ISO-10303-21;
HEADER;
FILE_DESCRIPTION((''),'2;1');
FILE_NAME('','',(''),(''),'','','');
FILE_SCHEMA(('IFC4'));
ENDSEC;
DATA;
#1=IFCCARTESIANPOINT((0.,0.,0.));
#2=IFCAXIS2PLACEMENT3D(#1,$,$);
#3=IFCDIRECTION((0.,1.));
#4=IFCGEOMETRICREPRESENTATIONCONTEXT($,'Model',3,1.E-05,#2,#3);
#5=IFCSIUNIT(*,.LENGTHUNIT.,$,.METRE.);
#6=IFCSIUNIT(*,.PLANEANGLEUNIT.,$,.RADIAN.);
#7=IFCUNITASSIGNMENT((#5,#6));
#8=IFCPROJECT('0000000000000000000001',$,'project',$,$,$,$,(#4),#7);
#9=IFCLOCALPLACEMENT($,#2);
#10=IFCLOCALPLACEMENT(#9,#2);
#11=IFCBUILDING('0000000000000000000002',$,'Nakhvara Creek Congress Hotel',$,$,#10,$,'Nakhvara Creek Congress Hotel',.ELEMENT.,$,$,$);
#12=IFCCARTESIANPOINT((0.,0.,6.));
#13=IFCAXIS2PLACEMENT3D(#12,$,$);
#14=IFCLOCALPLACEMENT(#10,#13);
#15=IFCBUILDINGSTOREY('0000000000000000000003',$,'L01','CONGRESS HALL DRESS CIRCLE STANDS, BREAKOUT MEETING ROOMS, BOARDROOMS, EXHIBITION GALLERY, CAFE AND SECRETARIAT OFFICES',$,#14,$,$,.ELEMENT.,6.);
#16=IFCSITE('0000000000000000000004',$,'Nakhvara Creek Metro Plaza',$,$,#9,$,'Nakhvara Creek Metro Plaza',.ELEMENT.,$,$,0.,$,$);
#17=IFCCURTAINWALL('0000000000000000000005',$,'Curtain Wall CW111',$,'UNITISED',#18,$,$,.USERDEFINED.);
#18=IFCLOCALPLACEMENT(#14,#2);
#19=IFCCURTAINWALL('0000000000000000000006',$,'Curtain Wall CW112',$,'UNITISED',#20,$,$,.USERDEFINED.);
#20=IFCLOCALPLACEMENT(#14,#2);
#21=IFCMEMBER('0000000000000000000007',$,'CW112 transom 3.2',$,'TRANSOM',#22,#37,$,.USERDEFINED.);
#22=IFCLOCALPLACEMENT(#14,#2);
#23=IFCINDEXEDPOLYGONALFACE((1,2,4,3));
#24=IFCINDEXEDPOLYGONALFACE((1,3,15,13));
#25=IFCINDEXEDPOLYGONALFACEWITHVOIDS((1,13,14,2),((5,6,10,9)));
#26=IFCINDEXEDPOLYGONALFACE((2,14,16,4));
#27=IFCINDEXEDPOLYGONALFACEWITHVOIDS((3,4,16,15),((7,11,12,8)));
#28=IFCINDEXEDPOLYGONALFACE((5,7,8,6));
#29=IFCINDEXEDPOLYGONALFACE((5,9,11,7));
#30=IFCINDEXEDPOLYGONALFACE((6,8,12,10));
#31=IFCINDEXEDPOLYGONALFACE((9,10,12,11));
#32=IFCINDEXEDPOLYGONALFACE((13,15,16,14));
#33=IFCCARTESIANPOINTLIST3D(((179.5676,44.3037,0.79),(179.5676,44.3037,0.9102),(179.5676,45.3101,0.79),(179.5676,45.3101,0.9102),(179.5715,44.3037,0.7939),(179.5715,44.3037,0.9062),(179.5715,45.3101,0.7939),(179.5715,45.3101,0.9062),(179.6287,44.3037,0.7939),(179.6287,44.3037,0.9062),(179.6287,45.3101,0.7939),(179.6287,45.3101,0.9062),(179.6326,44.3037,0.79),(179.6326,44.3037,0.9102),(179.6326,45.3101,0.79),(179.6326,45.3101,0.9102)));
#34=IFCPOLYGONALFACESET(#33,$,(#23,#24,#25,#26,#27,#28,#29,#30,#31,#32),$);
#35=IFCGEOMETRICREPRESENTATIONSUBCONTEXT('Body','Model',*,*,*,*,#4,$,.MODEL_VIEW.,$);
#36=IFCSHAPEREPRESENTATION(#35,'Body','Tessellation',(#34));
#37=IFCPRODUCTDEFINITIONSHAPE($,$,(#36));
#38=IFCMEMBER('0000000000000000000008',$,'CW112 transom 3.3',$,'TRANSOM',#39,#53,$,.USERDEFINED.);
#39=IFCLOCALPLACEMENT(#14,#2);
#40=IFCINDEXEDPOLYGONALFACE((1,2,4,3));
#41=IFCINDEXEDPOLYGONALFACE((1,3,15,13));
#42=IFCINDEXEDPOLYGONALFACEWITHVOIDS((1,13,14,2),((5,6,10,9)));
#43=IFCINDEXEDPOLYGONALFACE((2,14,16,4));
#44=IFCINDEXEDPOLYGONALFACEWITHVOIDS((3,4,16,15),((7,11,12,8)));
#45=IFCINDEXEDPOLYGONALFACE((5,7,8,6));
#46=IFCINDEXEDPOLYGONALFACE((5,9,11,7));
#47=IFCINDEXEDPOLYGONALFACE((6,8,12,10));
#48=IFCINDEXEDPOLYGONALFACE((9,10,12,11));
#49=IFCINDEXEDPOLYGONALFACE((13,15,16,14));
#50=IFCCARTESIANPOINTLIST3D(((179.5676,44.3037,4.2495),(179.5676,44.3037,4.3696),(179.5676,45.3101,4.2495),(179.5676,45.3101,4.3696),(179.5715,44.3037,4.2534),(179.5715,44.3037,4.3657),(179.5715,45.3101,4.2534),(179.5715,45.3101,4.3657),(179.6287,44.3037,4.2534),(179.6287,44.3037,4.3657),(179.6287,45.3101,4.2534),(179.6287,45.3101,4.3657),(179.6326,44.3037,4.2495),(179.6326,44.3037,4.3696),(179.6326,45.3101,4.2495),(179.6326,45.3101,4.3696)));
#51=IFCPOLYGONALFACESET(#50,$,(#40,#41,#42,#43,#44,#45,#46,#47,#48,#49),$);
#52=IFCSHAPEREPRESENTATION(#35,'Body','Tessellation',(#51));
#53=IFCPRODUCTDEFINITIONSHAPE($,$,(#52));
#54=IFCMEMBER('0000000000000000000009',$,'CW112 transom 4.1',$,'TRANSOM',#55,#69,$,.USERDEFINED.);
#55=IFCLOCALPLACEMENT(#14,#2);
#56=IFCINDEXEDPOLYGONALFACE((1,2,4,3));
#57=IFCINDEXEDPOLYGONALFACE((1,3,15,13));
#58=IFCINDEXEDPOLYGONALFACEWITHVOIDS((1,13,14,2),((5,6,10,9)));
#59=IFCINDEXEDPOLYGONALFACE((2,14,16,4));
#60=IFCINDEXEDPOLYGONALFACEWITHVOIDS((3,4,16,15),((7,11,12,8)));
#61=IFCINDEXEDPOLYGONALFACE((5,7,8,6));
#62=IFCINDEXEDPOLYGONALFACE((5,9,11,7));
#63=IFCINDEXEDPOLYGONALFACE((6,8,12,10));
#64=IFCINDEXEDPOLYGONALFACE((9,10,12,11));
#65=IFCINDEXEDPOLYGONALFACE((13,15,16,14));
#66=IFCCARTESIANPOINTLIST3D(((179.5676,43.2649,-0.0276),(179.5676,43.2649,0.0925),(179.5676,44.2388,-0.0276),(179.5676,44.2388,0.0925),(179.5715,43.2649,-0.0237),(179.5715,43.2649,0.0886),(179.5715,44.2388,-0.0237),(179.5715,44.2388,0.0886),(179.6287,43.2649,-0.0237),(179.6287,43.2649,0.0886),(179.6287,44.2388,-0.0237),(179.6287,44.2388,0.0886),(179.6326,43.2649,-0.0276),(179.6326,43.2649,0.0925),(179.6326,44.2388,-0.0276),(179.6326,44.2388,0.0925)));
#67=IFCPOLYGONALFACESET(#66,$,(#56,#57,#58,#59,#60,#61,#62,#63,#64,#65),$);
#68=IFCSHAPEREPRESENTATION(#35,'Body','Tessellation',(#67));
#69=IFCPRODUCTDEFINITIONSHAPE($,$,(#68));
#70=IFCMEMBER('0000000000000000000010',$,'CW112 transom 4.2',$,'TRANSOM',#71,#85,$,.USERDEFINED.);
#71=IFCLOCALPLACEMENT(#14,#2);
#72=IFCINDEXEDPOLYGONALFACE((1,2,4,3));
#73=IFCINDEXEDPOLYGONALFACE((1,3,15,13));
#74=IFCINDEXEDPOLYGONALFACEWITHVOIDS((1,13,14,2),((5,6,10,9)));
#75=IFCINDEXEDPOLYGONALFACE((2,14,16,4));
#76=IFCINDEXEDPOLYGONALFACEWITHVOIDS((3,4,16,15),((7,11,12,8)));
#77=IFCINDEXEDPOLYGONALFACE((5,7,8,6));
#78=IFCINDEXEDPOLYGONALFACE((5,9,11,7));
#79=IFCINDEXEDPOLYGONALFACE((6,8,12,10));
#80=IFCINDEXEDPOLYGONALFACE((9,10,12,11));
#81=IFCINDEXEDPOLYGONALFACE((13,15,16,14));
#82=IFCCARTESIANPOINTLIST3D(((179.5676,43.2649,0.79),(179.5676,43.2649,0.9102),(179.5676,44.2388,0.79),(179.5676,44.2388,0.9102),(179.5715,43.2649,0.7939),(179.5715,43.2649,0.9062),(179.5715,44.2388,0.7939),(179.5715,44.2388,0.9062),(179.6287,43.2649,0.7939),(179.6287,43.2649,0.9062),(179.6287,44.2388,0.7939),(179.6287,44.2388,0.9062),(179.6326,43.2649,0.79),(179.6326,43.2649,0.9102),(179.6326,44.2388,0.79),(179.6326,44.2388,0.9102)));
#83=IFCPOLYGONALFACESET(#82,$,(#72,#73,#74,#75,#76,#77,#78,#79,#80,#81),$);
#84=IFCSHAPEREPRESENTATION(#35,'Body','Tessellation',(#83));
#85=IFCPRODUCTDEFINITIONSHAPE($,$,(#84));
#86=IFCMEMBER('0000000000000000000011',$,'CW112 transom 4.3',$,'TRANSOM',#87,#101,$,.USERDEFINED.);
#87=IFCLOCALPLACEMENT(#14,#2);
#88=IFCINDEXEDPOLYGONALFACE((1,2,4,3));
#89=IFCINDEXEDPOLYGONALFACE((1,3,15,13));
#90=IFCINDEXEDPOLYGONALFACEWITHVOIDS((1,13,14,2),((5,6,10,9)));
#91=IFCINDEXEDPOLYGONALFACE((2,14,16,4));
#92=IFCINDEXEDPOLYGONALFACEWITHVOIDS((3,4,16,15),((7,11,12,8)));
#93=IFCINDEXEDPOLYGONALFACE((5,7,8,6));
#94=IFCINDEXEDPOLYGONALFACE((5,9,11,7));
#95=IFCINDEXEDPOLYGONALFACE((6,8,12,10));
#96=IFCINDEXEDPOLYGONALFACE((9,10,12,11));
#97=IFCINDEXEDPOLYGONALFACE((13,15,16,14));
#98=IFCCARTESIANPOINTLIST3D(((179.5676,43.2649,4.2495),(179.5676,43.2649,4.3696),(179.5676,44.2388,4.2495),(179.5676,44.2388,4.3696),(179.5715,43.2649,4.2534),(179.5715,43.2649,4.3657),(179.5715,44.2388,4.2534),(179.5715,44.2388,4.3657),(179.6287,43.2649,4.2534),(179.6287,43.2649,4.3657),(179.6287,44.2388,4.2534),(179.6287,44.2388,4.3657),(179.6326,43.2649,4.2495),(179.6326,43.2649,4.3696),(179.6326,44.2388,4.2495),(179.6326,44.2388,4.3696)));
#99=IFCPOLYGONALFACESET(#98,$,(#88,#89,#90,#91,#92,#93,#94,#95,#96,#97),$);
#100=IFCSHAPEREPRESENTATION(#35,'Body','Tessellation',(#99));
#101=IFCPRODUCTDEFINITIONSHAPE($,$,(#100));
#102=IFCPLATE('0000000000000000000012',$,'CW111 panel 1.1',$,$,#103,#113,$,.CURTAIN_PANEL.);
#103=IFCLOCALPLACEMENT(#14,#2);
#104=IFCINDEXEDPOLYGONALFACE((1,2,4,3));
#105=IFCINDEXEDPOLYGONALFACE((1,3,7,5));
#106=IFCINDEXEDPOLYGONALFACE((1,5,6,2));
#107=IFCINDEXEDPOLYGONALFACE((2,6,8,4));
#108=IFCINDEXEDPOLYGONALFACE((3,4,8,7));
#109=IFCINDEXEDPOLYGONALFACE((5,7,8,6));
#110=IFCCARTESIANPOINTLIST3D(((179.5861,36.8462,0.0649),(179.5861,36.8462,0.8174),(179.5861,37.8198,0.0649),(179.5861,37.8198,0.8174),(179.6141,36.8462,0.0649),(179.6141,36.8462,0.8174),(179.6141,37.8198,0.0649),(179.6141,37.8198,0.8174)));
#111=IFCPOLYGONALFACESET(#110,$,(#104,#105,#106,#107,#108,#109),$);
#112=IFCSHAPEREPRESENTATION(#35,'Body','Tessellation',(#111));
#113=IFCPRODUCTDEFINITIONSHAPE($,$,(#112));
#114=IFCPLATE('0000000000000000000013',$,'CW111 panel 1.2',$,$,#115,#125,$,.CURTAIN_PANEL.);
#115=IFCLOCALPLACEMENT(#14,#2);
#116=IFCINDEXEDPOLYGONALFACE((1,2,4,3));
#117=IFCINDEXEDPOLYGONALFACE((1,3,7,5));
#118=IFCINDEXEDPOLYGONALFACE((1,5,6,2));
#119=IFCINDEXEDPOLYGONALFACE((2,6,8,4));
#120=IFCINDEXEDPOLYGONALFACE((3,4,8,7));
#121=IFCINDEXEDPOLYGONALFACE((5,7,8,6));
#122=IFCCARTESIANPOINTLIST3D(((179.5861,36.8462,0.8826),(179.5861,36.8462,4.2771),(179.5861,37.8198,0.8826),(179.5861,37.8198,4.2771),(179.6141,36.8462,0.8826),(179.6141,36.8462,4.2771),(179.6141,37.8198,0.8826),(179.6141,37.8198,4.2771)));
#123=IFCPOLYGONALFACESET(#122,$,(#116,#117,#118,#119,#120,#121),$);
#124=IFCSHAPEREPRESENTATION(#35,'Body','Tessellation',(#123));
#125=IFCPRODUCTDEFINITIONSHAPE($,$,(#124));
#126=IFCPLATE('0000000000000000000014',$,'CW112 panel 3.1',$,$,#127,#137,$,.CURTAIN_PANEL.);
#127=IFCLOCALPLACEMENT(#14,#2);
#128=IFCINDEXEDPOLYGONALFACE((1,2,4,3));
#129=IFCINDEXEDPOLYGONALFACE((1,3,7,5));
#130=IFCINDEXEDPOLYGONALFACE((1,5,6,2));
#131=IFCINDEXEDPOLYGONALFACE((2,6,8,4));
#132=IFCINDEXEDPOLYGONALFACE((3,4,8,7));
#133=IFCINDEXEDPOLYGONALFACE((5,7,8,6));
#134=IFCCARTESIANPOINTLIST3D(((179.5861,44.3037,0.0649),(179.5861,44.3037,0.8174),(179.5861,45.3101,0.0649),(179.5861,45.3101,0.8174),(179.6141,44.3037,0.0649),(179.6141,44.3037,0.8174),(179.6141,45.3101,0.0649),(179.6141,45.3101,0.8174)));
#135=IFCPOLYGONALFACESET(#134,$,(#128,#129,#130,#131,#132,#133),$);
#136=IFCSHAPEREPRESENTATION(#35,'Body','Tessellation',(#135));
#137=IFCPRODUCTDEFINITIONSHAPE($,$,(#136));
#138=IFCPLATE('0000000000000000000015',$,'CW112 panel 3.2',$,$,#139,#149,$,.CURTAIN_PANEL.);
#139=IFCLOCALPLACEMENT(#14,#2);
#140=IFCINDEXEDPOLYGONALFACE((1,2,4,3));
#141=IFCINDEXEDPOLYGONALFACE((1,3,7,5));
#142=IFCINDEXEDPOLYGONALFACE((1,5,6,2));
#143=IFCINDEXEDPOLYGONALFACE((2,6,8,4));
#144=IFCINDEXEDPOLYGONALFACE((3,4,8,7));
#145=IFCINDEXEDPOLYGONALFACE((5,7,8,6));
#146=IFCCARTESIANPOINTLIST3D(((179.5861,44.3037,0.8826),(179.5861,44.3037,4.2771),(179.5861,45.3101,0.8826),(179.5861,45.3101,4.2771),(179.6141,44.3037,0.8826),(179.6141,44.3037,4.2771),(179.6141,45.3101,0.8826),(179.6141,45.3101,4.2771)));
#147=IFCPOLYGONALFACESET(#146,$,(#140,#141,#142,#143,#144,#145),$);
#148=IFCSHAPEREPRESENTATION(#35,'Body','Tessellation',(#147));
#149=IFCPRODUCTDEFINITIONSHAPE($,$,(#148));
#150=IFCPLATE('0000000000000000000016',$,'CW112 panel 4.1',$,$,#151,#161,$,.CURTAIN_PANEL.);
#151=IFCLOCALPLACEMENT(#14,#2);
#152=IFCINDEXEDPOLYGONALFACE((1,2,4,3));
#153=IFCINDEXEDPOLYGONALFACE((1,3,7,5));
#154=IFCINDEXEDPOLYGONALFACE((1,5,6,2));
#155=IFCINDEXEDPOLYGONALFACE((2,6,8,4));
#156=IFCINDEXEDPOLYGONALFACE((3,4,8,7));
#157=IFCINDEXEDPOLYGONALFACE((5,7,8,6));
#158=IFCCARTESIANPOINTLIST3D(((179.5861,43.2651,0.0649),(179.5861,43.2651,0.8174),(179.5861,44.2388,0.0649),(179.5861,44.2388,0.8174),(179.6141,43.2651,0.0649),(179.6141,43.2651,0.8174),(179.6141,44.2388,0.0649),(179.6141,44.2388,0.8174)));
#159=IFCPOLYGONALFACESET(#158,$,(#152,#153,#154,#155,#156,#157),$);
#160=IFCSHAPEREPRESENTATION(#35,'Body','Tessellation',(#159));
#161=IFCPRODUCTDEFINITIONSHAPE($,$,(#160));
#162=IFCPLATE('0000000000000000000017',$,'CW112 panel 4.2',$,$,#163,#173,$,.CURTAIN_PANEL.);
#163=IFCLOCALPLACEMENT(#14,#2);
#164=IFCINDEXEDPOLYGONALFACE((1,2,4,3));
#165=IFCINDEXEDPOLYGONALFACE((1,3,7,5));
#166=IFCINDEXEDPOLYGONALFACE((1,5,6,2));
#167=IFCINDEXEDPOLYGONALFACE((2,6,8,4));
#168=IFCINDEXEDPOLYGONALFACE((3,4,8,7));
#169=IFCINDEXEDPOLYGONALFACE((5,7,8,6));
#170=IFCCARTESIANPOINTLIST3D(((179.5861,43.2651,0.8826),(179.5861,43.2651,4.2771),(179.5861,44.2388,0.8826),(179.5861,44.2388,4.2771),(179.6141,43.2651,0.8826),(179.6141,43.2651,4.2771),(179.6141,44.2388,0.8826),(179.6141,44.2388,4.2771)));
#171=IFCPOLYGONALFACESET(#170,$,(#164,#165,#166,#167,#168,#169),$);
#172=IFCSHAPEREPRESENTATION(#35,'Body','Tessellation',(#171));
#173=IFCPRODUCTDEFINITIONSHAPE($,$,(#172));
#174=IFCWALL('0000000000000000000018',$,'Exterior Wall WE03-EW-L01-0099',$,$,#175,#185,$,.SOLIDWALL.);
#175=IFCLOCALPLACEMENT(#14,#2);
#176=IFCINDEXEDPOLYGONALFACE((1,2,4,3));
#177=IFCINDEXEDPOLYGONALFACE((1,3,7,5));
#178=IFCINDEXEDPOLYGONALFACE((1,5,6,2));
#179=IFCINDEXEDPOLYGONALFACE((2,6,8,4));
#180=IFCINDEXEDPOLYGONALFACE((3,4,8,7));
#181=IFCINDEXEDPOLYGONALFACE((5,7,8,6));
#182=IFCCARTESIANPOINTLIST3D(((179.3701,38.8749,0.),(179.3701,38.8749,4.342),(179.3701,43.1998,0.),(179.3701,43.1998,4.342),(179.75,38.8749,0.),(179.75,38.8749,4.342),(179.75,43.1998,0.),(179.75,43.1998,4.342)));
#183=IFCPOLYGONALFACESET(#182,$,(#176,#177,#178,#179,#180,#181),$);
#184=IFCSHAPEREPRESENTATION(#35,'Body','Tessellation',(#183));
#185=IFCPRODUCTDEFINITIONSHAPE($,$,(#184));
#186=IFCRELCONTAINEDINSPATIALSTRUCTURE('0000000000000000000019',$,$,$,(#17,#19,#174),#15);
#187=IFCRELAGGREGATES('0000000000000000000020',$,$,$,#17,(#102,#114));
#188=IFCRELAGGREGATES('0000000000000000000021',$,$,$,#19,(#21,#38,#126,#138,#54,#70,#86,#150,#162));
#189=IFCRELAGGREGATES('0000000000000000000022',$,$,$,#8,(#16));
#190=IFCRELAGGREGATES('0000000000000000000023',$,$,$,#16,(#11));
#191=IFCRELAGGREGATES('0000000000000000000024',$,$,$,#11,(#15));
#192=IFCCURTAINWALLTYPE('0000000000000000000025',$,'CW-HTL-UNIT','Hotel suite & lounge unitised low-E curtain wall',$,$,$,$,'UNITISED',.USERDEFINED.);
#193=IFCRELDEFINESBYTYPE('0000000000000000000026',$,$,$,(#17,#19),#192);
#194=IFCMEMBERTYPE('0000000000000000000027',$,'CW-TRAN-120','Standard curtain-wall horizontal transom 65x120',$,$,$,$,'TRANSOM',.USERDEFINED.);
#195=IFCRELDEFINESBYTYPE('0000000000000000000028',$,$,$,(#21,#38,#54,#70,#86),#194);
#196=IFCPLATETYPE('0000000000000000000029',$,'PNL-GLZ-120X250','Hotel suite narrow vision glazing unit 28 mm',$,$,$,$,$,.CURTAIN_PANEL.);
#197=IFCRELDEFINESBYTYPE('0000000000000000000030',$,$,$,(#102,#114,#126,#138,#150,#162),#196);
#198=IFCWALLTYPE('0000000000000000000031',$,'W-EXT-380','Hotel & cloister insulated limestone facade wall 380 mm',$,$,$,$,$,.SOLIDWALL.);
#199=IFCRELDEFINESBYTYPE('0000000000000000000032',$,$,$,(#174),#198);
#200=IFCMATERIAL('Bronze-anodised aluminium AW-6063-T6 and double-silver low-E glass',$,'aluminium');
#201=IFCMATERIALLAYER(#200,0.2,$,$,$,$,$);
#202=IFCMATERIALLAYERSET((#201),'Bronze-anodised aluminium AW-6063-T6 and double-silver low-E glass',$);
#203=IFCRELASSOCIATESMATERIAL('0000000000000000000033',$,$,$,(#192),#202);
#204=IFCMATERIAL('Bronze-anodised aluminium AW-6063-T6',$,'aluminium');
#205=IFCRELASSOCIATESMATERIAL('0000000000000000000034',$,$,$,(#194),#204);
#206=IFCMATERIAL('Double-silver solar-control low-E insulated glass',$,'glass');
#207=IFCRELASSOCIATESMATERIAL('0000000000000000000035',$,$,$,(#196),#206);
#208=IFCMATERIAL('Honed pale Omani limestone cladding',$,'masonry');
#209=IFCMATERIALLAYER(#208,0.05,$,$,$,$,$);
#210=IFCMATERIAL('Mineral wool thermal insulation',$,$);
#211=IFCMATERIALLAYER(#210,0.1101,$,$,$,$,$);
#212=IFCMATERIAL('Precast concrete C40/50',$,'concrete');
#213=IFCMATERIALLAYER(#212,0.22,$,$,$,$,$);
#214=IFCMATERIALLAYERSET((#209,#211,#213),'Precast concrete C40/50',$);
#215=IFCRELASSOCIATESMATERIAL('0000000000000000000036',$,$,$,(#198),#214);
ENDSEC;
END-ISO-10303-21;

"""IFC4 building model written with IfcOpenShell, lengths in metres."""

from ifc_helpers import new_model, si_unit, direction, frame, frame_2d, origin, origin_2d, place, context, subcontext, project, spatial, rectangle, hollow_rectangle, extrude, material, layer, layer_set, material_profile, profile_set, type_object, element, aggregate, save


model = new_model("IFC4")

# Units and contexts
model_context = context("Model", 3, precision=1e-05, world=origin(), true_north=direction((0.0, 1.0)))
body_context = subcontext(model_context, "Body", "Model", "MODEL_VIEW")
ifc_project = project(units=[si_unit("LENGTHUNIT", "METRE"), si_unit("PLANEANGLEUNIT", "RADIAN")], contexts=[model_context])

# Site, building, storey
site_placement = place(None, origin())
site = spatial("IfcSite", under=ifc_project, at=site_placement, Name="Nakhvara Creek Metro Plaza", LongName="Nakhvara Creek Metro Plaza", CompositionType="ELEMENT", RefElevation=0.0)
building_placement = place(site_placement, origin())
building = spatial("IfcBuilding", under=site, at=building_placement, Name="Nakhvara Creek Congress Hotel", LongName="Nakhvara Creek Congress Hotel", CompositionType="ELEMENT")
storey_placement = place(building_placement, frame((0.0, 0.0, 6.0)))
storey = spatial("IfcBuildingStorey", under=building, at=storey_placement, Name="L01", Description="CONGRESS HALL DRESS CIRCLE STANDS, BREAKOUT MEETING ROOMS, BOARDROOMS, EXHIBITION GALLERY, CAFE AND SECRETARIAT OFFICES", CompositionType="ELEMENT", Elevation=6.0)

# Curtain walls
ifc_material_1 = material(Name="Bronze-anodised aluminium AW-6063-T6 and double-silver low-E glass", Category="aluminium")
ifc_layer_1 = layer(ifc_material_1, 0.2)
ifc_layer_set_1 = layer_set([ifc_layer_1], Name="Bronze-anodised aluminium AW-6063-T6 and double-silver low-E glass")
curtain_wall_type = type_object("IfcCurtainWallType", Name="CW-HTL-UNIT", Description="Hotel suite & lounge unitised low-E curtain wall", ElementType="UNITISED", PredefinedType="USERDEFINED", material=ifc_layer_set_1)
curtain_wall_1_placement = place(storey_placement, origin())
curtain_wall_1 = element("IfcCurtainWall", 1, at=curtain_wall_1_placement, inside=storey, type_object=curtain_wall_type, Name="Curtain Wall CW111", ObjectType="UNITISED", PredefinedType="USERDEFINED")
ifc_material_2 = material(Name="Bronze-anodised aluminium AW-6063-T6", Category="aluminium")
curtain_wall_2_placement = place(storey_placement, origin())
curtain_wall_2 = element("IfcCurtainWall", 2, at=curtain_wall_2_placement, inside=storey, type_object=curtain_wall_type, Name="Curtain Wall CW112", ObjectType="UNITISED", PredefinedType="USERDEFINED")

# Members
ifc_material_profile_1 = material_profile(ifc_material_2, hollow_rectangle(XDim=0.0649, YDim=0.1201, WallThickness=0.0039, at=origin_2d()), Name="ALU-TRAN 65x120x4", Category="LoadBearing")
ifc_profile_set_1 = profile_set([ifc_material_profile_1], Name="Bronze-anodised aluminium AW-6063-T6")
member_type_1 = type_object("IfcMemberType", Name="CW-TRAN-120", Description="Standard curtain-wall horizontal transom 65x120", ElementType="TRANSOM", PredefinedType="USERDEFINED", material=ifc_profile_set_1)
member_1_placement = place(storey_placement, frame((179.6001, 45.3101, 0.8501), z_axis=(0.0, -1.0, 0.0), x_axis=(1.0, 0.0, 0.0)))
member_1 = element("IfcMember", 3, at=member_1_placement, type_object=member_type_1, Name="CW112 transom 3.2", ObjectType="TRANSOM", PredefinedType="USERDEFINED", context=body_context, shape_type="SweptSolid", body=[
    extrude(hollow_rectangle(XDim=0.0649, YDim=0.1201, WallThickness=0.0039, at=origin_2d()), origin(), (0.0, 0.0, 1.0), 1.0063),
])
member_2_placement = place(storey_placement, frame((179.6001, 45.3101, 4.3096), z_axis=(0.0, -1.0, 0.0), x_axis=(1.0, 0.0, 0.0)))
member_2 = element("IfcMember", 4, at=member_2_placement, type_object=member_type_1, Name="CW112 transom 3.3", ObjectType="TRANSOM", PredefinedType="USERDEFINED", context=body_context, shape_type="SweptSolid", body=[
    extrude(hollow_rectangle(XDim=0.0649, YDim=0.1201, WallThickness=0.0039, at=origin_2d()), origin(), (0.0, 0.0, 1.0), 1.0063),
])
member_3_placement = place(storey_placement, frame((179.6001, 44.2388, 0.0325), z_axis=(0.0, -1.0, 0.0), x_axis=(1.0, 0.0, 0.0)))
member_3 = element("IfcMember", 5, at=member_3_placement, type_object=member_type_1, Name="CW112 transom 4.1", ObjectType="TRANSOM", PredefinedType="USERDEFINED", context=body_context, shape_type="SweptSolid", body=[
    extrude(hollow_rectangle(XDim=0.0649, YDim=0.1201, WallThickness=0.0039, at=origin_2d()), origin(), (0.0, 0.0, 1.0), 0.9739),
])
member_4_placement = place(storey_placement, frame((179.6001, 44.2388, 0.8501), z_axis=(0.0, -1.0, 0.0), x_axis=(1.0, 0.0, 0.0)))
member_4 = element("IfcMember", 6, at=member_4_placement, type_object=member_type_1, Name="CW112 transom 4.2", ObjectType="TRANSOM", PredefinedType="USERDEFINED", context=body_context, shape_type="SweptSolid", body=[
    extrude(hollow_rectangle(XDim=0.0649, YDim=0.1201, WallThickness=0.0039, at=origin_2d()), origin(), (0.0, 0.0, 1.0), 0.9739),
])
member_5_placement = place(storey_placement, frame((179.6001, 44.2388, 4.3096), z_axis=(0.0, -1.0, 0.0), x_axis=(1.0, 0.0, 0.0)))
member_5 = element("IfcMember", 7, at=member_5_placement, type_object=member_type_1, Name="CW112 transom 4.3", ObjectType="TRANSOM", PredefinedType="USERDEFINED", context=body_context, shape_type="SweptSolid", body=[
    extrude(hollow_rectangle(XDim=0.0649, YDim=0.1201, WallThickness=0.0039, at=origin_2d()), origin(), (0.0, 0.0, 1.0), 0.9739),
])

# Plates
ifc_material_3 = material(Name="Double-silver solar-control low-E insulated glass", Category="glass")
plate_type = type_object("IfcPlateType", Name="PNL-GLZ-120X250", Description="Hotel suite narrow vision glazing unit 28 mm", PredefinedType="CURTAIN_PANEL", material=ifc_material_3)
plate_1_placement = place(storey_placement, frame((179.6001, 37.333, 0.0649), z_axis=(0.0, 0.0, 1.0), x_axis=(0.0, -1.0, 0.0)))
plate_1 = element("IfcPlate", 8, at=plate_1_placement, type_object=plate_type, Name="CW111 panel 1.1", PredefinedType="CURTAIN_PANEL", context=body_context, shape_type="SweptSolid", body=[
    extrude(rectangle(XDim=0.9736, YDim=0.0281, at=origin_2d()), origin(), (0.0, 0.0, 1.0), 0.7524),
])
plate_2_placement = place(storey_placement, frame((179.6001, 37.333, 0.8826), z_axis=(0.0, 0.0, 1.0), x_axis=(0.0, -1.0, 0.0)))
plate_2 = element("IfcPlate", 9, at=plate_2_placement, type_object=plate_type, Name="CW111 panel 1.2", PredefinedType="CURTAIN_PANEL", context=body_context, shape_type="SweptSolid", body=[
    extrude(rectangle(XDim=0.9736, YDim=0.0281, at=origin_2d()), origin(), (0.0, 0.0, 1.0), 3.3945),
])
aggregate(curtain_wall_1, [plate_1, plate_2])
plate_3_placement = place(storey_placement, frame((179.6001, 44.8069, 0.0649), z_axis=(0.0, 0.0, 1.0), x_axis=(0.0, -1.0, 0.0)))
plate_3 = element("IfcPlate", 10, at=plate_3_placement, type_object=plate_type, Name="CW112 panel 3.1", PredefinedType="CURTAIN_PANEL", context=body_context, shape_type="SweptSolid", body=[
    extrude(rectangle(XDim=1.0063, YDim=0.0281, at=origin_2d()), origin(), (0.0, 0.0, 1.0), 0.7524),
])
plate_4_placement = place(storey_placement, frame((179.6001, 44.8069, 0.8826), z_axis=(0.0, 0.0, 1.0), x_axis=(0.0, -1.0, 0.0)))
plate_4 = element("IfcPlate", 11, at=plate_4_placement, type_object=plate_type, Name="CW112 panel 3.2", PredefinedType="CURTAIN_PANEL", context=body_context, shape_type="SweptSolid", body=[
    extrude(rectangle(XDim=1.0063, YDim=0.0281, at=origin_2d()), origin(), (0.0, 0.0, 1.0), 3.3945),
])
plate_5_placement = place(storey_placement, frame((179.6001, 43.752, 0.0649), z_axis=(0.0, 0.0, 1.0), x_axis=(0.0, -1.0, 0.0)))
plate_5 = element("IfcPlate", 12, at=plate_5_placement, type_object=plate_type, Name="CW112 panel 4.1", PredefinedType="CURTAIN_PANEL", context=body_context, shape_type="SweptSolid", body=[
    extrude(rectangle(XDim=0.9736, YDim=0.0281, at=origin_2d()), origin(), (0.0, 0.0, 1.0), 0.7524),
])
plate_6_placement = place(storey_placement, frame((179.6001, 43.752, 0.8826), z_axis=(0.0, 0.0, 1.0), x_axis=(0.0, -1.0, 0.0)))
plate_6 = element("IfcPlate", 13, at=plate_6_placement, type_object=plate_type, Name="CW112 panel 4.2", PredefinedType="CURTAIN_PANEL", context=body_context, shape_type="SweptSolid", body=[
    extrude(rectangle(XDim=0.9736, YDim=0.0281, at=origin_2d()), origin(), (0.0, 0.0, 1.0), 3.3945),
])
aggregate(curtain_wall_2, [member_1, member_2, plate_3, plate_4, member_3, member_4, member_5, plate_5, plate_6])

# Wall
ifc_material_4 = material(Name="Honed pale Omani limestone cladding", Category="masonry")
ifc_layer_2 = layer(ifc_material_4, 0.05)
ifc_material_5 = material(Name="Mineral wool thermal insulation")
ifc_layer_3 = layer(ifc_material_5, 0.1101)
ifc_material_6 = material(Name="Precast concrete C40/50", Category="concrete")
ifc_layer_4 = layer(ifc_material_6, 0.22)
ifc_layer_set_2 = layer_set([ifc_layer_2, ifc_layer_3, ifc_layer_4], Name="Precast concrete C40/50")
wall_type = type_object("IfcWallType", Name="W-EXT-380", Description="Hotel & cloister insulated limestone facade wall 380 mm", PredefinedType="SOLIDWALL", material=ifc_layer_set_2)
wall_placement = place(storey_placement, frame((179.5601, 43.2, 0.0), z_axis=(0.0, 0.0, 1.0), x_axis=(0.0, -1.0, 0.0)))
element("IfcWall", 14, at=wall_placement, inside=storey, type_object=wall_type, Name="Exterior Wall WE03-EW-L01-0099", PredefinedType="SOLIDWALL", context=body_context, shape_type="SweptSolid", body=[
    extrude(rectangle(XDim=4.325, YDim=0.3799, at=frame_2d((2.1626, 0.0))), origin(), (0.0, 0.0, 1.0), 4.342),
])

save(model, "model.ifc")
